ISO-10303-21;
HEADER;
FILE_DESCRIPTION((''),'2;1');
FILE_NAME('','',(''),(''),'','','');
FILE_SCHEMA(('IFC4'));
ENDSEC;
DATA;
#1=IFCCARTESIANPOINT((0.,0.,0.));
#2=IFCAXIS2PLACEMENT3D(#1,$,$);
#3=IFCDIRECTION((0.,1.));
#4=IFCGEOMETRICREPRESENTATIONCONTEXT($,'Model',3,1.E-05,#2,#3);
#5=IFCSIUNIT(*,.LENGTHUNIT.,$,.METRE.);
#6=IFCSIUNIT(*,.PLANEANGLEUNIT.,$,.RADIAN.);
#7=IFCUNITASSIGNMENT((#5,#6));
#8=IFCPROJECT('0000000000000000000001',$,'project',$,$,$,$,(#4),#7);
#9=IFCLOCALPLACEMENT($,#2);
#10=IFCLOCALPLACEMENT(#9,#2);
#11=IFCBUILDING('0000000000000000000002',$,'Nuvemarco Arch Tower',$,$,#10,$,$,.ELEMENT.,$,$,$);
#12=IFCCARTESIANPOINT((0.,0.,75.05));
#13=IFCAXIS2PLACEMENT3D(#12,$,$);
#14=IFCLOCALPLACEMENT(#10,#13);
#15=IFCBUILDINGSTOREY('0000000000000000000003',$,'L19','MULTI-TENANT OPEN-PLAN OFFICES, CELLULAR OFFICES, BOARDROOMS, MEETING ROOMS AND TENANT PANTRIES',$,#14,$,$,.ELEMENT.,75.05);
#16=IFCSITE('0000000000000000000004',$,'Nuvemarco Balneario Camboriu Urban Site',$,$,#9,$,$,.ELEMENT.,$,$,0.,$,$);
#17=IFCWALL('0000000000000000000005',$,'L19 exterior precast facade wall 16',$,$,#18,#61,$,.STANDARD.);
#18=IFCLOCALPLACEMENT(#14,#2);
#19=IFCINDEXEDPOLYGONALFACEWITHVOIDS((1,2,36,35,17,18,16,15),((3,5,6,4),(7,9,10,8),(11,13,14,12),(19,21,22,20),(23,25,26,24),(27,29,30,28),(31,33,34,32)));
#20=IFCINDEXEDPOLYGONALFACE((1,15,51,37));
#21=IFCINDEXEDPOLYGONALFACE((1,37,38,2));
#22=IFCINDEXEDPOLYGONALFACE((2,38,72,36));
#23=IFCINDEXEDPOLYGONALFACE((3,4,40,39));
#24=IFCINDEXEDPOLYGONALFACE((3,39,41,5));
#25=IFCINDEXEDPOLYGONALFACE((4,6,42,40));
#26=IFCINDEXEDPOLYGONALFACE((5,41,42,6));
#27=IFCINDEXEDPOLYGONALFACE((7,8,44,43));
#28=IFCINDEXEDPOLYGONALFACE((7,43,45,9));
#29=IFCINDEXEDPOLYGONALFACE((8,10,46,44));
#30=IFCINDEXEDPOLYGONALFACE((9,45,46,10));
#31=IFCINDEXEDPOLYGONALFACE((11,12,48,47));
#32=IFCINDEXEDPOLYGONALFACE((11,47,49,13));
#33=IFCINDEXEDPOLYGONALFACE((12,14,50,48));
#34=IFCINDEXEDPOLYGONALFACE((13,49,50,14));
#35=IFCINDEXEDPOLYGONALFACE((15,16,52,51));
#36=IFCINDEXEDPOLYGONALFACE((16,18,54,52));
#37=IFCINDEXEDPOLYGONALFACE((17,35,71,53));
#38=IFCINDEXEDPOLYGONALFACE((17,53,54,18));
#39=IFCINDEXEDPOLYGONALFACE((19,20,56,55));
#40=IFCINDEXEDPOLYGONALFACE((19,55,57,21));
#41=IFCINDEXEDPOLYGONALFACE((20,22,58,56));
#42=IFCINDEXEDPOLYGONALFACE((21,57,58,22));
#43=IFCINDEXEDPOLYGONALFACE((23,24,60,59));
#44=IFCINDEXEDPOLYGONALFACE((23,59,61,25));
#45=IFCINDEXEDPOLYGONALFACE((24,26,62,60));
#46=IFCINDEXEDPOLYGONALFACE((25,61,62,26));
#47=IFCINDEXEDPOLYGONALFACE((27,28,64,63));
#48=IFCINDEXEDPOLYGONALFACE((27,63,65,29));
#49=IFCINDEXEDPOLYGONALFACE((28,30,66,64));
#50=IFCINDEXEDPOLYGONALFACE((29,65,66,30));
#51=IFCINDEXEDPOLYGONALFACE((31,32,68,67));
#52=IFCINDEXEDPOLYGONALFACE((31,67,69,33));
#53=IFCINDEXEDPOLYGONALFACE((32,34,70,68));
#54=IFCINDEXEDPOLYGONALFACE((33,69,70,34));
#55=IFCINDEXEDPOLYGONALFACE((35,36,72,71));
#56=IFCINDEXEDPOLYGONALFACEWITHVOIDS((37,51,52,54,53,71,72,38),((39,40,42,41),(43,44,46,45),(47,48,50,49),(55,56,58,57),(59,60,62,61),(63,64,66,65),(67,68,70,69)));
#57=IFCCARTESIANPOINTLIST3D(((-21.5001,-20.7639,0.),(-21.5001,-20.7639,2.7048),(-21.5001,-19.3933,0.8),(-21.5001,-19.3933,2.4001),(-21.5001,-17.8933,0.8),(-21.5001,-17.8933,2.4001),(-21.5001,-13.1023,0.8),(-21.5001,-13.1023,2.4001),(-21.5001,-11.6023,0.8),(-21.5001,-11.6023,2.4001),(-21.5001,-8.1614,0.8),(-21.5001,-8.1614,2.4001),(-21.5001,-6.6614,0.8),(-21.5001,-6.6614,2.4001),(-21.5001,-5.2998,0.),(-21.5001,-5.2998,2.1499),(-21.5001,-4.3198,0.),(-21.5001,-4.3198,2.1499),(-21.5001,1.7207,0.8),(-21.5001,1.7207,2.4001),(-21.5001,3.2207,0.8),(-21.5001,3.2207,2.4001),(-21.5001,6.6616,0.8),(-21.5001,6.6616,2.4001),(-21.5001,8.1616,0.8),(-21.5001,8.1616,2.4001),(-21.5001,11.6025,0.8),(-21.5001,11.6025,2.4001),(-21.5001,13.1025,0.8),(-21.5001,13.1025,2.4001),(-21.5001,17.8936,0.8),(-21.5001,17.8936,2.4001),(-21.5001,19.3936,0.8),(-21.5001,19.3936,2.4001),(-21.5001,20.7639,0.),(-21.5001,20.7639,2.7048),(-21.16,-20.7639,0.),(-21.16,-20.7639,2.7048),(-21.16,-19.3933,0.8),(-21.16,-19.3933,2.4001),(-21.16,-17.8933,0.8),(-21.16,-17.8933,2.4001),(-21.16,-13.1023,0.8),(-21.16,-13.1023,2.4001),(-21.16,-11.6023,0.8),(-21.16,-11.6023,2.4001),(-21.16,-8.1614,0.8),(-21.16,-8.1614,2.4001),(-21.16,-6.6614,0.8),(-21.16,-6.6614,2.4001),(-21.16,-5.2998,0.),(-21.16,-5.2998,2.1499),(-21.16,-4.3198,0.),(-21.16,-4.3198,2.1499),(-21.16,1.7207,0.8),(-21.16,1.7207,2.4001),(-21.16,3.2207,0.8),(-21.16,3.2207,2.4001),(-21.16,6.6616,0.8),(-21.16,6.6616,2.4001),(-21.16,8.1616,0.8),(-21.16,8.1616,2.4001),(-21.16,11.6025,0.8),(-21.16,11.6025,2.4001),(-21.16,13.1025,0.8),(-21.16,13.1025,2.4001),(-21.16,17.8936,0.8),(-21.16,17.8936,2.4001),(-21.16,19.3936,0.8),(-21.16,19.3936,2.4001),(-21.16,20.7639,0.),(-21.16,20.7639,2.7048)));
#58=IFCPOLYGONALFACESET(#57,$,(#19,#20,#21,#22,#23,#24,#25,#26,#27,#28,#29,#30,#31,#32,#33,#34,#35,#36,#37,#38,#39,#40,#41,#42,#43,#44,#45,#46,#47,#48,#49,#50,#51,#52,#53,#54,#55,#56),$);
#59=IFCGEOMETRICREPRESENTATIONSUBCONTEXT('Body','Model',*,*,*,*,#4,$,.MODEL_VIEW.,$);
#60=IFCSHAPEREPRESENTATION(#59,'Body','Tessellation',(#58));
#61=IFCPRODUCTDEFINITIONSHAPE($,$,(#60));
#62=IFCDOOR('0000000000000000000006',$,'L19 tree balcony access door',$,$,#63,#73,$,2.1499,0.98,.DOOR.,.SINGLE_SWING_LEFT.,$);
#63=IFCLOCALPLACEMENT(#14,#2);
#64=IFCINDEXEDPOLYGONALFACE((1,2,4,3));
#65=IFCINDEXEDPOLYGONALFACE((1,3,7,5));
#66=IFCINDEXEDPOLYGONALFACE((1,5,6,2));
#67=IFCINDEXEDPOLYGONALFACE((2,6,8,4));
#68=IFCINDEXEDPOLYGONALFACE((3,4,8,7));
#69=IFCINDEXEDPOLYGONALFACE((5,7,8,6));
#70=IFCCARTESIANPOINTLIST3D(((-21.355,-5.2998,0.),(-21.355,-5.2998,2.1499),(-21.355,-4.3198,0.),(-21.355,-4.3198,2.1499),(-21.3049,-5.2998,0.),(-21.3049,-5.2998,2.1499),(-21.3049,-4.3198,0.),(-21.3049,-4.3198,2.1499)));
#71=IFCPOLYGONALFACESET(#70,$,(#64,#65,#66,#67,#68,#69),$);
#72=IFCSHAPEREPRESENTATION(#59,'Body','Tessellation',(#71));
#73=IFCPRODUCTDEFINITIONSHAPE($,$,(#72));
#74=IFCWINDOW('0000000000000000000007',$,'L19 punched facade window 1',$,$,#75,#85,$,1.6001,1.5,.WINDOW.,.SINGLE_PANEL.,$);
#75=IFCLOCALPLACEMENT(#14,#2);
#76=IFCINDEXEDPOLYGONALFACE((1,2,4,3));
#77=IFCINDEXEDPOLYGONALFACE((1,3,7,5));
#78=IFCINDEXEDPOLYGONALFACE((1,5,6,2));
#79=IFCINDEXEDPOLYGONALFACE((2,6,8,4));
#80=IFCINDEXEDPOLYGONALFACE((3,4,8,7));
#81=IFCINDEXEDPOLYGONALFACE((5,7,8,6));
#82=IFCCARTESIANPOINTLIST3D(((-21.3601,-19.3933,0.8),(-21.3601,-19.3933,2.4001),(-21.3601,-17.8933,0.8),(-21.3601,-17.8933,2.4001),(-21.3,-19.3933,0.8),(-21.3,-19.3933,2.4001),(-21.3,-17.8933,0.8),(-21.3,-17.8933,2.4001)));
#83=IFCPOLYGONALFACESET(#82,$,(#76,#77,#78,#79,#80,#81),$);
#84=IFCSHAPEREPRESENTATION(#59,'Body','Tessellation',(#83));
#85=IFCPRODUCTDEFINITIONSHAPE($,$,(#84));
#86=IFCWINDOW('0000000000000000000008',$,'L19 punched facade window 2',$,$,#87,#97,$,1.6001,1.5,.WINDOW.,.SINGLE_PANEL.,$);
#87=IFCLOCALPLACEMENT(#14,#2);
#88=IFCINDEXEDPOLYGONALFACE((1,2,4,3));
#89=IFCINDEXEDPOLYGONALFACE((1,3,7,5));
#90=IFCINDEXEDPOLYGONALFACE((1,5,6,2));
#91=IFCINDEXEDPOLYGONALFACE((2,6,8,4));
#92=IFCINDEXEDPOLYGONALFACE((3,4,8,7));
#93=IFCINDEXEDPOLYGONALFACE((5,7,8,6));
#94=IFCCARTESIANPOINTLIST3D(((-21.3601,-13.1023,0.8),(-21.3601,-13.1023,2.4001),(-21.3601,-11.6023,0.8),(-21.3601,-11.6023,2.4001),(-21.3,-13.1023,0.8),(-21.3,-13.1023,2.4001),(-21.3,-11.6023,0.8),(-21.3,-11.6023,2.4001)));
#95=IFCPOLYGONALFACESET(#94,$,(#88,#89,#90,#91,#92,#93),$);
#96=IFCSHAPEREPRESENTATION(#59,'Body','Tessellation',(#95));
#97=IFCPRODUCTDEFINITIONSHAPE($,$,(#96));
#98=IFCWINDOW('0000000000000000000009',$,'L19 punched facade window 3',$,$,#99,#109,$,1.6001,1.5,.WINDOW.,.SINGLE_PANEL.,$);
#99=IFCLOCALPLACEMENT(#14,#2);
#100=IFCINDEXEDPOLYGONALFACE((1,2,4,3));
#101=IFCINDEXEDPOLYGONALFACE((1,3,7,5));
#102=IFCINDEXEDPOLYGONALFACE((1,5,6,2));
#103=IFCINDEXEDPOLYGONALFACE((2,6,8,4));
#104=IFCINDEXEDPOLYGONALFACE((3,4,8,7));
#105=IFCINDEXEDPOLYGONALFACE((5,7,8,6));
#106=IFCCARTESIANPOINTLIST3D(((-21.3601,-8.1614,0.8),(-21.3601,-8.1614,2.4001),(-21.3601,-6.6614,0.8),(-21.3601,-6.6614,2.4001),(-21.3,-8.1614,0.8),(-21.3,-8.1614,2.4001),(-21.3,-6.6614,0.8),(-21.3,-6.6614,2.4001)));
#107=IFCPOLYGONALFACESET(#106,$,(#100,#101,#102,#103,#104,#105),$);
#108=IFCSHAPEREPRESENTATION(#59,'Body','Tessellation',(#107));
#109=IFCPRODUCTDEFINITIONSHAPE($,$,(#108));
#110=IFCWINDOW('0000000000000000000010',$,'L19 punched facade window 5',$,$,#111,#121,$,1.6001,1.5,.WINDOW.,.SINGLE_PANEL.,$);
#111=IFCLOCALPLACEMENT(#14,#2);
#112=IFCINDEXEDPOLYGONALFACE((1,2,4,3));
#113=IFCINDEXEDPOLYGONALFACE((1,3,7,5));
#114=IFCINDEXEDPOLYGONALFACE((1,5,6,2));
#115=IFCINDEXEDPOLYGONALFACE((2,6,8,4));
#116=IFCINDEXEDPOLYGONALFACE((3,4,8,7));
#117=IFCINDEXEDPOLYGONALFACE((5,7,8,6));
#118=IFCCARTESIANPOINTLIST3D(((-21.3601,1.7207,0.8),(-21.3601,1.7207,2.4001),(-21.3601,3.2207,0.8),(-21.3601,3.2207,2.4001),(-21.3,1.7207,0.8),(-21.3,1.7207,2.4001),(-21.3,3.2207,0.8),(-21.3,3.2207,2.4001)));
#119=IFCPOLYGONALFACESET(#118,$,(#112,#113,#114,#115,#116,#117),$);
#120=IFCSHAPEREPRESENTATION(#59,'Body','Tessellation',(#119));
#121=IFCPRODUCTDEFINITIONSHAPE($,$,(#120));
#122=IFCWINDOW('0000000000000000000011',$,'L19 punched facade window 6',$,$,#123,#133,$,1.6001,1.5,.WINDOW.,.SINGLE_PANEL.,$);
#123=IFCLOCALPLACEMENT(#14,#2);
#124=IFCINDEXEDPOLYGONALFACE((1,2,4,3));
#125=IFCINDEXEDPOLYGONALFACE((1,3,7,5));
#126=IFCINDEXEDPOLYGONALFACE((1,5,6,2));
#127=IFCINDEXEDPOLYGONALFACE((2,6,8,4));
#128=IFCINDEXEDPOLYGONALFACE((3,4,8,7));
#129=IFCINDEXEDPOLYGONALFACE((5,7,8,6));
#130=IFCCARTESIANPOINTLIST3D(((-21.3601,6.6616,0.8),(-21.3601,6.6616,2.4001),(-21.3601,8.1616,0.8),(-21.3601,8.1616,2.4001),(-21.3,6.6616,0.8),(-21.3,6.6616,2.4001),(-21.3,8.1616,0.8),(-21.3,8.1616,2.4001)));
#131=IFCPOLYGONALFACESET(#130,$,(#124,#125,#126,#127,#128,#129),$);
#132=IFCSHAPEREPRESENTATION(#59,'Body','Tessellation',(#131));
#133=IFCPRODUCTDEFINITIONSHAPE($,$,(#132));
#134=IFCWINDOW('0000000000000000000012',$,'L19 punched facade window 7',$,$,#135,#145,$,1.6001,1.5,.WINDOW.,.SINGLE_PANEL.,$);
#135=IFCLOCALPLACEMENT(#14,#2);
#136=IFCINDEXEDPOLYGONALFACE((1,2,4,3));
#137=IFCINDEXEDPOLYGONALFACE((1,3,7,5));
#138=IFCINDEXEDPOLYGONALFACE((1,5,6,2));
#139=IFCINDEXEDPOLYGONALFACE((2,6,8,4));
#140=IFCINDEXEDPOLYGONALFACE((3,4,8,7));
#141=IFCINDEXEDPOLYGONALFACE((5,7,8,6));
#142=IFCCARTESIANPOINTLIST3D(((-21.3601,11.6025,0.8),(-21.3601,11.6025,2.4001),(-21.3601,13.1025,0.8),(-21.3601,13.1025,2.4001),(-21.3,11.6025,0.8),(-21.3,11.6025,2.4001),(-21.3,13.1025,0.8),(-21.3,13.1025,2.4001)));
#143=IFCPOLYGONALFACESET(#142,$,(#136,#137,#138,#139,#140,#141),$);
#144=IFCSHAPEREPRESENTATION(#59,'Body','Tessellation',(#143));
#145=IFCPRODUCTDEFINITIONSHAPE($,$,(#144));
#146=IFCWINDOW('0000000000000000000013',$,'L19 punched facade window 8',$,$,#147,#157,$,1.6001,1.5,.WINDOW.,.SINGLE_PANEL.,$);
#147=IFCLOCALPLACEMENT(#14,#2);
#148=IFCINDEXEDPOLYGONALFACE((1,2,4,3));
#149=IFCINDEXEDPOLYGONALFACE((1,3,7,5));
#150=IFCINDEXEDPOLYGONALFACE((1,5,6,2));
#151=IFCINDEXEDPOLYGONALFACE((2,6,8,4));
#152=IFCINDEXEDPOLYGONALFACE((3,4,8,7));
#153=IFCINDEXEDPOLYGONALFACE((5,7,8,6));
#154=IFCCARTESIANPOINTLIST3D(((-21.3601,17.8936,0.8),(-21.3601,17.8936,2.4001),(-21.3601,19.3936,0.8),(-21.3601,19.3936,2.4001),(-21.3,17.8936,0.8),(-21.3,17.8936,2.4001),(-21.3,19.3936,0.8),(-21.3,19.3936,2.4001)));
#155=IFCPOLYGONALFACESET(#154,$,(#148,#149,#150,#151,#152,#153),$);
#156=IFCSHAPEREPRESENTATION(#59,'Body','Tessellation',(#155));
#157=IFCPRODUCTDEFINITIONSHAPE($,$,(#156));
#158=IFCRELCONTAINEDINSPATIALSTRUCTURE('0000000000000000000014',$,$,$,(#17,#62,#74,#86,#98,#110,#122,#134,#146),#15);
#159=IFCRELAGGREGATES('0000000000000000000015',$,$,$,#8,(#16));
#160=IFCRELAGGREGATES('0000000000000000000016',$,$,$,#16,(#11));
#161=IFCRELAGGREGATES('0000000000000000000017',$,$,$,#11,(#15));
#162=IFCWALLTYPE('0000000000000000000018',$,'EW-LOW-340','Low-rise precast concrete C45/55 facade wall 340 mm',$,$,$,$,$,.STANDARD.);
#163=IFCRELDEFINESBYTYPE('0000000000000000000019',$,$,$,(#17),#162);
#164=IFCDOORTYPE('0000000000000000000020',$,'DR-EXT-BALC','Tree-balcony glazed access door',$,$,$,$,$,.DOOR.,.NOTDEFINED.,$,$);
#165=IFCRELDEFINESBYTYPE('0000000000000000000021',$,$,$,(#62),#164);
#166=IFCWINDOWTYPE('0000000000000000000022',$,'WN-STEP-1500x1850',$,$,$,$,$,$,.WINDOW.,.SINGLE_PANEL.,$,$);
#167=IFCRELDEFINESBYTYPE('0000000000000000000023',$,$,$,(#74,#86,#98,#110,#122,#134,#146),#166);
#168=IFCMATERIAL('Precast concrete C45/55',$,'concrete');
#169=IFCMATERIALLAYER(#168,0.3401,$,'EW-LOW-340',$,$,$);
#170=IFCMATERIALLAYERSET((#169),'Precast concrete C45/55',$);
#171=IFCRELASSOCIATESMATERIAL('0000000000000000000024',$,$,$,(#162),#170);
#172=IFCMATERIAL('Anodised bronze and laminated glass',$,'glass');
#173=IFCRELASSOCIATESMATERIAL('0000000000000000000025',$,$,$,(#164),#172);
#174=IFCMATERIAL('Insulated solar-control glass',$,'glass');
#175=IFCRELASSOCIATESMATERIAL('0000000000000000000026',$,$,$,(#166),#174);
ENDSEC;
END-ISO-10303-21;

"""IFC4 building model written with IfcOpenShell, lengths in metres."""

from ifc_helpers import new_model, si_unit, direction, frame, frame_2d, origin, place, context, subcontext, project, spatial, rectangle, extrude, source, transform, mapped, material, layer, layer_set, type_object, type_shapes, element, fill, save


model = new_model("IFC4")

# Units and contexts
model_context = context("Model", 3, precision=1e-05, world=origin(), true_north=direction((0.0, 1.0)))
body_context = subcontext(model_context, "Body", "Model", "MODEL_VIEW")
ifc_project = project(units=[si_unit("LENGTHUNIT", "METRE"), si_unit("PLANEANGLEUNIT", "RADIAN")], contexts=[model_context])

# Site, building, storey
site_placement = place(None, origin())
site = spatial("IfcSite", under=ifc_project, at=site_placement, Name="Nuvemarco Balneario Camboriu Urban Site", CompositionType="ELEMENT", RefElevation=0.0)
building_placement = place(site_placement, origin())
building = spatial("IfcBuilding", under=site, at=building_placement, Name="Nuvemarco Arch Tower", CompositionType="ELEMENT")
storey_placement = place(building_placement, frame((0.0, 0.0, 75.05)))
storey = spatial("IfcBuildingStorey", under=building, at=storey_placement, Name="L19", Description="MULTI-TENANT OPEN-PLAN OFFICES, CELLULAR OFFICES, BOARDROOMS, MEETING ROOMS AND TENANT PANTRIES", CompositionType="ELEMENT", Elevation=75.05)

# Shared definitions
ifc_material_1 = material(Name="Precast concrete C45/55", Category="concrete")

# Shared definitions
ifc_layer = layer(ifc_material_1, 0.3401, Name="EW-LOW-340")
ifc_layer_set = layer_set([ifc_layer], Name="Precast concrete C45/55")
wall_type = type_object("IfcWallType", Name="EW-LOW-340", Description="Low-rise precast concrete C45/55 facade wall 340 mm", PredefinedType="STANDARD", material=ifc_layer_set)
ifc_material_2 = material(Name="Insulated solar-control glass", Category="glass")

# Wall, openings, door, windows
wall_1_placement = place(storey_placement, frame((-21.3301, -20.7639, 0.0), z_axis=(0.0, 0.0, 1.0), x_axis=(0.0, 1.0, 0.0)))
wall_1 = element("IfcWall", 1, at=wall_1_placement, inside=storey, type_object=wall_type, Name="L19 exterior precast facade wall 16", PredefinedType="STANDARD", context=body_context, shape_type="SweptSolid", body=[
    extrude(rectangle(XDim=41.5278, YDim=0.3401, at=frame_2d((20.7639, 0.0))), origin(), (0.0, 0.0, 1.0), 2.7048),
])
opening_1_placement = place(wall_1_placement, frame((15.4641, 0.0, 0.0)))
opening_1 = element("IfcOpeningElement", 2, at=opening_1_placement, cuts=wall_1, PredefinedType="OPENING", context=body_context, shape_type="SweptSolid", body=[
    extrude(rectangle(XDim=0.98, YDim=2.1499, at=frame_2d((0.49, 1.075))), frame((0.0, 0.1799, 0.0), z_axis=(0.0, -1.0, 0.0), x_axis=(1.0, 0.0, 0.0)), (0.0, 0.0, 1.0), 0.3601),
])
opening_2_placement = place(wall_1_placement, frame((1.3706, 0.0, 0.8)))
opening_2 = element("IfcOpeningElement", 3, at=opening_2_placement, cuts=wall_1, PredefinedType="OPENING", context=body_context, shape_type="SweptSolid", body=[
    extrude(rectangle(XDim=1.5, YDim=1.6001, at=frame_2d((0.75, 0.8))), frame((0.0, 0.1799, 0.0), z_axis=(0.0, -1.0, 0.0), x_axis=(1.0, 0.0, 0.0)), (0.0, 0.0, 1.0), 0.3601),
])
opening_3_placement = place(wall_1_placement, frame((7.6616, 0.0, 0.8)))
opening_3 = element("IfcOpeningElement", 4, at=opening_3_placement, cuts=wall_1, PredefinedType="OPENING", context=body_context, shape_type="SweptSolid", body=[
    extrude(rectangle(XDim=1.5, YDim=1.6001, at=frame_2d((0.75, 0.8))), frame((0.0, 0.1799, 0.0), z_axis=(0.0, -1.0, 0.0), x_axis=(1.0, 0.0, 0.0)), (0.0, 0.0, 1.0), 0.3601),
])
opening_4_placement = place(wall_1_placement, frame((12.6025, 0.0, 0.8)))
opening_4 = element("IfcOpeningElement", 5, at=opening_4_placement, cuts=wall_1, PredefinedType="OPENING", context=body_context, shape_type="SweptSolid", body=[
    extrude(rectangle(XDim=1.5, YDim=1.6001, at=frame_2d((0.75, 0.8))), frame((0.0, 0.1799, 0.0), z_axis=(0.0, -1.0, 0.0), x_axis=(1.0, 0.0, 0.0)), (0.0, 0.0, 1.0), 0.3601),
])
opening_5_placement = place(wall_1_placement, frame((22.4846, 0.0, 0.8)))
opening_5 = element("IfcOpeningElement", 6, at=opening_5_placement, cuts=wall_1, PredefinedType="OPENING", context=body_context, shape_type="SweptSolid", body=[
    extrude(rectangle(XDim=1.5, YDim=1.6001, at=frame_2d((0.75, 0.8))), frame((0.0, 0.1799, 0.0), z_axis=(0.0, -1.0, 0.0), x_axis=(1.0, 0.0, 0.0)), (0.0, 0.0, 1.0), 0.3601),
])
opening_6_placement = place(wall_1_placement, frame((27.4255, 0.0, 0.8)))
opening_6 = element("IfcOpeningElement", 7, at=opening_6_placement, cuts=wall_1, PredefinedType="OPENING", context=body_context, shape_type="SweptSolid", body=[
    extrude(rectangle(XDim=1.5, YDim=1.6001, at=frame_2d((0.75, 0.8))), frame((0.0, 0.1799, 0.0), z_axis=(0.0, -1.0, 0.0), x_axis=(1.0, 0.0, 0.0)), (0.0, 0.0, 1.0), 0.3601),
])
opening_7_placement = place(wall_1_placement, frame((32.3665, 0.0, 0.8)))
opening_7 = element("IfcOpeningElement", 8, at=opening_7_placement, cuts=wall_1, PredefinedType="OPENING", context=body_context, shape_type="SweptSolid", body=[
    extrude(rectangle(XDim=1.5, YDim=1.6001, at=frame_2d((0.75, 0.8))), frame((0.0, 0.1799, 0.0), z_axis=(0.0, -1.0, 0.0), x_axis=(1.0, 0.0, 0.0)), (0.0, 0.0, 1.0), 0.3601),
])
opening_8_placement = place(wall_1_placement, frame((38.6575, 0.0, 0.8)))
opening_8 = element("IfcOpeningElement", 9, at=opening_8_placement, cuts=wall_1, PredefinedType="OPENING", context=body_context, shape_type="SweptSolid", body=[
    extrude(rectangle(XDim=1.5, YDim=1.6001, at=frame_2d((0.75, 0.8))), frame((0.0, 0.1799, 0.0), z_axis=(0.0, -1.0, 0.0), x_axis=(1.0, 0.0, 0.0)), (0.0, 0.0, 1.0), 0.3601),
])
ifc_material_3 = material(Name="Anodised bronze and laminated glass", Category="glass")
door_type = type_object("IfcDoorType", Name="DR-EXT-BALC", Description="Tree-balcony glazed access door", OperationType="NOTDEFINED", PredefinedType="DOOR", material=ifc_material_3)
shared_shape_1 = source(origin(), body_context, "Body", "SweptSolid", [
    extrude(rectangle(XDim=0.98, YDim=2.1499, at=frame_2d((0.49, 1.075))), frame((0.0, 0.0249, 0.0), z_axis=(0.0, -1.0, 0.0), x_axis=(1.0, 0.0, 0.0)), (0.0, 0.0, 1.0), 0.05),
])
type_shapes(door_type, [shared_shape_1])
door_placement = place(opening_1_placement, origin())
door = element("IfcDoor", 10, at=door_placement, inside=storey, type_object=door_type, Name="L19 tree balcony access door", OperationType="SINGLE_SWING_LEFT", OverallHeight=2.1499, OverallWidth=0.98, PredefinedType="DOOR", context=body_context, shape_type="MappedRepresentation", body=[
    mapped(shared_shape_1, transform((0.0, 0.0, 0.0), scale=1.0)),
])
fill(opening_1, door)
window_type_1 = type_object("IfcWindowType", Name="WN-STEP-1500x1850", PartitioningType="SINGLE_PANEL", PredefinedType="WINDOW", material=ifc_material_2)
shared_shape_2 = source(origin(), body_context, "Body", "SweptSolid", [
    extrude(rectangle(XDim=1.5, YDim=1.6001, at=frame_2d((0.75, 0.8))), frame((0.0, 0.03, 0.0), z_axis=(0.0, -1.0, 0.0), x_axis=(1.0, 0.0, 0.0)), (0.0, 0.0, 1.0), 0.0601),
])
type_shapes(window_type_1, [shared_shape_2])
window_1_placement = place(opening_2_placement, origin())
window_1 = element("IfcWindow", 11, at=window_1_placement, inside=storey, type_object=window_type_1, Name="L19 punched facade window 1", OverallHeight=1.6001, OverallWidth=1.5, PartitioningType="SINGLE_PANEL", PredefinedType="WINDOW", context=body_context, shape_type="MappedRepresentation", body=[
    mapped(shared_shape_2, transform((0.0, 0.0, 0.0), scale=1.0)),
])
fill(opening_2, window_1)
window_2_placement = place(opening_3_placement, origin())
window_2 = element("IfcWindow", 12, at=window_2_placement, inside=storey, type_object=window_type_1, Name="L19 punched facade window 2", OverallHeight=1.6001, OverallWidth=1.5, PartitioningType="SINGLE_PANEL", PredefinedType="WINDOW", context=body_context, shape_type="MappedRepresentation", body=[
    mapped(shared_shape_2, transform((0.0, 0.0, 0.0), scale=1.0)),
])
fill(opening_3, window_2)
window_3_placement = place(opening_4_placement, origin())
window_3 = element("IfcWindow", 13, at=window_3_placement, inside=storey, type_object=window_type_1, Name="L19 punched facade window 3", OverallHeight=1.6001, OverallWidth=1.5, PartitioningType="SINGLE_PANEL", PredefinedType="WINDOW", context=body_context, shape_type="MappedRepresentation", body=[
    mapped(shared_shape_2, transform((0.0, 0.0, 0.0), scale=1.0)),
])
fill(opening_4, window_3)
window_4_placement = place(opening_5_placement, origin())
window_4 = element("IfcWindow", 14, at=window_4_placement, inside=storey, type_object=window_type_1, Name="L19 punched facade window 5", OverallHeight=1.6001, OverallWidth=1.5, PartitioningType="SINGLE_PANEL", PredefinedType="WINDOW", context=body_context, shape_type="MappedRepresentation", body=[
    mapped(shared_shape_2, transform((0.0, 0.0, 0.0), scale=1.0)),
])
fill(opening_5, window_4)
window_5_placement = place(opening_6_placement, origin())
window_5 = element("IfcWindow", 15, at=window_5_placement, inside=storey, type_object=window_type_1, Name="L19 punched facade window 6", OverallHeight=1.6001, OverallWidth=1.5, PartitioningType="SINGLE_PANEL", PredefinedType="WINDOW", context=body_context, shape_type="MappedRepresentation", body=[
    mapped(shared_shape_2, transform((0.0, 0.0, 0.0), scale=1.0)),
])
fill(opening_6, window_5)
window_6_placement = place(opening_7_placement, origin())
window_6 = element("IfcWindow", 16, at=window_6_placement, inside=storey, type_object=window_type_1, Name="L19 punched facade window 7", OverallHeight=1.6001, OverallWidth=1.5, PartitioningType="SINGLE_PANEL", PredefinedType="WINDOW", context=body_context, shape_type="MappedRepresentation", body=[
    mapped(shared_shape_2, transform((0.0, 0.0, 0.0), scale=1.0)),
])
fill(opening_7, window_6)
window_7_placement = place(opening_8_placement, origin())
window_7 = element("IfcWindow", 17, at=window_7_placement, inside=storey, type_object=window_type_1, Name="L19 punched facade window 8", OverallHeight=1.6001, OverallWidth=1.5, PartitioningType="SINGLE_PANEL", PredefinedType="WINDOW", context=body_context, shape_type="MappedRepresentation", body=[
    mapped(shared_shape_2, transform((0.0, 0.0, 0.0), scale=1.0)),
])
fill(opening_8, window_7)

save(model, "model.ifc")
